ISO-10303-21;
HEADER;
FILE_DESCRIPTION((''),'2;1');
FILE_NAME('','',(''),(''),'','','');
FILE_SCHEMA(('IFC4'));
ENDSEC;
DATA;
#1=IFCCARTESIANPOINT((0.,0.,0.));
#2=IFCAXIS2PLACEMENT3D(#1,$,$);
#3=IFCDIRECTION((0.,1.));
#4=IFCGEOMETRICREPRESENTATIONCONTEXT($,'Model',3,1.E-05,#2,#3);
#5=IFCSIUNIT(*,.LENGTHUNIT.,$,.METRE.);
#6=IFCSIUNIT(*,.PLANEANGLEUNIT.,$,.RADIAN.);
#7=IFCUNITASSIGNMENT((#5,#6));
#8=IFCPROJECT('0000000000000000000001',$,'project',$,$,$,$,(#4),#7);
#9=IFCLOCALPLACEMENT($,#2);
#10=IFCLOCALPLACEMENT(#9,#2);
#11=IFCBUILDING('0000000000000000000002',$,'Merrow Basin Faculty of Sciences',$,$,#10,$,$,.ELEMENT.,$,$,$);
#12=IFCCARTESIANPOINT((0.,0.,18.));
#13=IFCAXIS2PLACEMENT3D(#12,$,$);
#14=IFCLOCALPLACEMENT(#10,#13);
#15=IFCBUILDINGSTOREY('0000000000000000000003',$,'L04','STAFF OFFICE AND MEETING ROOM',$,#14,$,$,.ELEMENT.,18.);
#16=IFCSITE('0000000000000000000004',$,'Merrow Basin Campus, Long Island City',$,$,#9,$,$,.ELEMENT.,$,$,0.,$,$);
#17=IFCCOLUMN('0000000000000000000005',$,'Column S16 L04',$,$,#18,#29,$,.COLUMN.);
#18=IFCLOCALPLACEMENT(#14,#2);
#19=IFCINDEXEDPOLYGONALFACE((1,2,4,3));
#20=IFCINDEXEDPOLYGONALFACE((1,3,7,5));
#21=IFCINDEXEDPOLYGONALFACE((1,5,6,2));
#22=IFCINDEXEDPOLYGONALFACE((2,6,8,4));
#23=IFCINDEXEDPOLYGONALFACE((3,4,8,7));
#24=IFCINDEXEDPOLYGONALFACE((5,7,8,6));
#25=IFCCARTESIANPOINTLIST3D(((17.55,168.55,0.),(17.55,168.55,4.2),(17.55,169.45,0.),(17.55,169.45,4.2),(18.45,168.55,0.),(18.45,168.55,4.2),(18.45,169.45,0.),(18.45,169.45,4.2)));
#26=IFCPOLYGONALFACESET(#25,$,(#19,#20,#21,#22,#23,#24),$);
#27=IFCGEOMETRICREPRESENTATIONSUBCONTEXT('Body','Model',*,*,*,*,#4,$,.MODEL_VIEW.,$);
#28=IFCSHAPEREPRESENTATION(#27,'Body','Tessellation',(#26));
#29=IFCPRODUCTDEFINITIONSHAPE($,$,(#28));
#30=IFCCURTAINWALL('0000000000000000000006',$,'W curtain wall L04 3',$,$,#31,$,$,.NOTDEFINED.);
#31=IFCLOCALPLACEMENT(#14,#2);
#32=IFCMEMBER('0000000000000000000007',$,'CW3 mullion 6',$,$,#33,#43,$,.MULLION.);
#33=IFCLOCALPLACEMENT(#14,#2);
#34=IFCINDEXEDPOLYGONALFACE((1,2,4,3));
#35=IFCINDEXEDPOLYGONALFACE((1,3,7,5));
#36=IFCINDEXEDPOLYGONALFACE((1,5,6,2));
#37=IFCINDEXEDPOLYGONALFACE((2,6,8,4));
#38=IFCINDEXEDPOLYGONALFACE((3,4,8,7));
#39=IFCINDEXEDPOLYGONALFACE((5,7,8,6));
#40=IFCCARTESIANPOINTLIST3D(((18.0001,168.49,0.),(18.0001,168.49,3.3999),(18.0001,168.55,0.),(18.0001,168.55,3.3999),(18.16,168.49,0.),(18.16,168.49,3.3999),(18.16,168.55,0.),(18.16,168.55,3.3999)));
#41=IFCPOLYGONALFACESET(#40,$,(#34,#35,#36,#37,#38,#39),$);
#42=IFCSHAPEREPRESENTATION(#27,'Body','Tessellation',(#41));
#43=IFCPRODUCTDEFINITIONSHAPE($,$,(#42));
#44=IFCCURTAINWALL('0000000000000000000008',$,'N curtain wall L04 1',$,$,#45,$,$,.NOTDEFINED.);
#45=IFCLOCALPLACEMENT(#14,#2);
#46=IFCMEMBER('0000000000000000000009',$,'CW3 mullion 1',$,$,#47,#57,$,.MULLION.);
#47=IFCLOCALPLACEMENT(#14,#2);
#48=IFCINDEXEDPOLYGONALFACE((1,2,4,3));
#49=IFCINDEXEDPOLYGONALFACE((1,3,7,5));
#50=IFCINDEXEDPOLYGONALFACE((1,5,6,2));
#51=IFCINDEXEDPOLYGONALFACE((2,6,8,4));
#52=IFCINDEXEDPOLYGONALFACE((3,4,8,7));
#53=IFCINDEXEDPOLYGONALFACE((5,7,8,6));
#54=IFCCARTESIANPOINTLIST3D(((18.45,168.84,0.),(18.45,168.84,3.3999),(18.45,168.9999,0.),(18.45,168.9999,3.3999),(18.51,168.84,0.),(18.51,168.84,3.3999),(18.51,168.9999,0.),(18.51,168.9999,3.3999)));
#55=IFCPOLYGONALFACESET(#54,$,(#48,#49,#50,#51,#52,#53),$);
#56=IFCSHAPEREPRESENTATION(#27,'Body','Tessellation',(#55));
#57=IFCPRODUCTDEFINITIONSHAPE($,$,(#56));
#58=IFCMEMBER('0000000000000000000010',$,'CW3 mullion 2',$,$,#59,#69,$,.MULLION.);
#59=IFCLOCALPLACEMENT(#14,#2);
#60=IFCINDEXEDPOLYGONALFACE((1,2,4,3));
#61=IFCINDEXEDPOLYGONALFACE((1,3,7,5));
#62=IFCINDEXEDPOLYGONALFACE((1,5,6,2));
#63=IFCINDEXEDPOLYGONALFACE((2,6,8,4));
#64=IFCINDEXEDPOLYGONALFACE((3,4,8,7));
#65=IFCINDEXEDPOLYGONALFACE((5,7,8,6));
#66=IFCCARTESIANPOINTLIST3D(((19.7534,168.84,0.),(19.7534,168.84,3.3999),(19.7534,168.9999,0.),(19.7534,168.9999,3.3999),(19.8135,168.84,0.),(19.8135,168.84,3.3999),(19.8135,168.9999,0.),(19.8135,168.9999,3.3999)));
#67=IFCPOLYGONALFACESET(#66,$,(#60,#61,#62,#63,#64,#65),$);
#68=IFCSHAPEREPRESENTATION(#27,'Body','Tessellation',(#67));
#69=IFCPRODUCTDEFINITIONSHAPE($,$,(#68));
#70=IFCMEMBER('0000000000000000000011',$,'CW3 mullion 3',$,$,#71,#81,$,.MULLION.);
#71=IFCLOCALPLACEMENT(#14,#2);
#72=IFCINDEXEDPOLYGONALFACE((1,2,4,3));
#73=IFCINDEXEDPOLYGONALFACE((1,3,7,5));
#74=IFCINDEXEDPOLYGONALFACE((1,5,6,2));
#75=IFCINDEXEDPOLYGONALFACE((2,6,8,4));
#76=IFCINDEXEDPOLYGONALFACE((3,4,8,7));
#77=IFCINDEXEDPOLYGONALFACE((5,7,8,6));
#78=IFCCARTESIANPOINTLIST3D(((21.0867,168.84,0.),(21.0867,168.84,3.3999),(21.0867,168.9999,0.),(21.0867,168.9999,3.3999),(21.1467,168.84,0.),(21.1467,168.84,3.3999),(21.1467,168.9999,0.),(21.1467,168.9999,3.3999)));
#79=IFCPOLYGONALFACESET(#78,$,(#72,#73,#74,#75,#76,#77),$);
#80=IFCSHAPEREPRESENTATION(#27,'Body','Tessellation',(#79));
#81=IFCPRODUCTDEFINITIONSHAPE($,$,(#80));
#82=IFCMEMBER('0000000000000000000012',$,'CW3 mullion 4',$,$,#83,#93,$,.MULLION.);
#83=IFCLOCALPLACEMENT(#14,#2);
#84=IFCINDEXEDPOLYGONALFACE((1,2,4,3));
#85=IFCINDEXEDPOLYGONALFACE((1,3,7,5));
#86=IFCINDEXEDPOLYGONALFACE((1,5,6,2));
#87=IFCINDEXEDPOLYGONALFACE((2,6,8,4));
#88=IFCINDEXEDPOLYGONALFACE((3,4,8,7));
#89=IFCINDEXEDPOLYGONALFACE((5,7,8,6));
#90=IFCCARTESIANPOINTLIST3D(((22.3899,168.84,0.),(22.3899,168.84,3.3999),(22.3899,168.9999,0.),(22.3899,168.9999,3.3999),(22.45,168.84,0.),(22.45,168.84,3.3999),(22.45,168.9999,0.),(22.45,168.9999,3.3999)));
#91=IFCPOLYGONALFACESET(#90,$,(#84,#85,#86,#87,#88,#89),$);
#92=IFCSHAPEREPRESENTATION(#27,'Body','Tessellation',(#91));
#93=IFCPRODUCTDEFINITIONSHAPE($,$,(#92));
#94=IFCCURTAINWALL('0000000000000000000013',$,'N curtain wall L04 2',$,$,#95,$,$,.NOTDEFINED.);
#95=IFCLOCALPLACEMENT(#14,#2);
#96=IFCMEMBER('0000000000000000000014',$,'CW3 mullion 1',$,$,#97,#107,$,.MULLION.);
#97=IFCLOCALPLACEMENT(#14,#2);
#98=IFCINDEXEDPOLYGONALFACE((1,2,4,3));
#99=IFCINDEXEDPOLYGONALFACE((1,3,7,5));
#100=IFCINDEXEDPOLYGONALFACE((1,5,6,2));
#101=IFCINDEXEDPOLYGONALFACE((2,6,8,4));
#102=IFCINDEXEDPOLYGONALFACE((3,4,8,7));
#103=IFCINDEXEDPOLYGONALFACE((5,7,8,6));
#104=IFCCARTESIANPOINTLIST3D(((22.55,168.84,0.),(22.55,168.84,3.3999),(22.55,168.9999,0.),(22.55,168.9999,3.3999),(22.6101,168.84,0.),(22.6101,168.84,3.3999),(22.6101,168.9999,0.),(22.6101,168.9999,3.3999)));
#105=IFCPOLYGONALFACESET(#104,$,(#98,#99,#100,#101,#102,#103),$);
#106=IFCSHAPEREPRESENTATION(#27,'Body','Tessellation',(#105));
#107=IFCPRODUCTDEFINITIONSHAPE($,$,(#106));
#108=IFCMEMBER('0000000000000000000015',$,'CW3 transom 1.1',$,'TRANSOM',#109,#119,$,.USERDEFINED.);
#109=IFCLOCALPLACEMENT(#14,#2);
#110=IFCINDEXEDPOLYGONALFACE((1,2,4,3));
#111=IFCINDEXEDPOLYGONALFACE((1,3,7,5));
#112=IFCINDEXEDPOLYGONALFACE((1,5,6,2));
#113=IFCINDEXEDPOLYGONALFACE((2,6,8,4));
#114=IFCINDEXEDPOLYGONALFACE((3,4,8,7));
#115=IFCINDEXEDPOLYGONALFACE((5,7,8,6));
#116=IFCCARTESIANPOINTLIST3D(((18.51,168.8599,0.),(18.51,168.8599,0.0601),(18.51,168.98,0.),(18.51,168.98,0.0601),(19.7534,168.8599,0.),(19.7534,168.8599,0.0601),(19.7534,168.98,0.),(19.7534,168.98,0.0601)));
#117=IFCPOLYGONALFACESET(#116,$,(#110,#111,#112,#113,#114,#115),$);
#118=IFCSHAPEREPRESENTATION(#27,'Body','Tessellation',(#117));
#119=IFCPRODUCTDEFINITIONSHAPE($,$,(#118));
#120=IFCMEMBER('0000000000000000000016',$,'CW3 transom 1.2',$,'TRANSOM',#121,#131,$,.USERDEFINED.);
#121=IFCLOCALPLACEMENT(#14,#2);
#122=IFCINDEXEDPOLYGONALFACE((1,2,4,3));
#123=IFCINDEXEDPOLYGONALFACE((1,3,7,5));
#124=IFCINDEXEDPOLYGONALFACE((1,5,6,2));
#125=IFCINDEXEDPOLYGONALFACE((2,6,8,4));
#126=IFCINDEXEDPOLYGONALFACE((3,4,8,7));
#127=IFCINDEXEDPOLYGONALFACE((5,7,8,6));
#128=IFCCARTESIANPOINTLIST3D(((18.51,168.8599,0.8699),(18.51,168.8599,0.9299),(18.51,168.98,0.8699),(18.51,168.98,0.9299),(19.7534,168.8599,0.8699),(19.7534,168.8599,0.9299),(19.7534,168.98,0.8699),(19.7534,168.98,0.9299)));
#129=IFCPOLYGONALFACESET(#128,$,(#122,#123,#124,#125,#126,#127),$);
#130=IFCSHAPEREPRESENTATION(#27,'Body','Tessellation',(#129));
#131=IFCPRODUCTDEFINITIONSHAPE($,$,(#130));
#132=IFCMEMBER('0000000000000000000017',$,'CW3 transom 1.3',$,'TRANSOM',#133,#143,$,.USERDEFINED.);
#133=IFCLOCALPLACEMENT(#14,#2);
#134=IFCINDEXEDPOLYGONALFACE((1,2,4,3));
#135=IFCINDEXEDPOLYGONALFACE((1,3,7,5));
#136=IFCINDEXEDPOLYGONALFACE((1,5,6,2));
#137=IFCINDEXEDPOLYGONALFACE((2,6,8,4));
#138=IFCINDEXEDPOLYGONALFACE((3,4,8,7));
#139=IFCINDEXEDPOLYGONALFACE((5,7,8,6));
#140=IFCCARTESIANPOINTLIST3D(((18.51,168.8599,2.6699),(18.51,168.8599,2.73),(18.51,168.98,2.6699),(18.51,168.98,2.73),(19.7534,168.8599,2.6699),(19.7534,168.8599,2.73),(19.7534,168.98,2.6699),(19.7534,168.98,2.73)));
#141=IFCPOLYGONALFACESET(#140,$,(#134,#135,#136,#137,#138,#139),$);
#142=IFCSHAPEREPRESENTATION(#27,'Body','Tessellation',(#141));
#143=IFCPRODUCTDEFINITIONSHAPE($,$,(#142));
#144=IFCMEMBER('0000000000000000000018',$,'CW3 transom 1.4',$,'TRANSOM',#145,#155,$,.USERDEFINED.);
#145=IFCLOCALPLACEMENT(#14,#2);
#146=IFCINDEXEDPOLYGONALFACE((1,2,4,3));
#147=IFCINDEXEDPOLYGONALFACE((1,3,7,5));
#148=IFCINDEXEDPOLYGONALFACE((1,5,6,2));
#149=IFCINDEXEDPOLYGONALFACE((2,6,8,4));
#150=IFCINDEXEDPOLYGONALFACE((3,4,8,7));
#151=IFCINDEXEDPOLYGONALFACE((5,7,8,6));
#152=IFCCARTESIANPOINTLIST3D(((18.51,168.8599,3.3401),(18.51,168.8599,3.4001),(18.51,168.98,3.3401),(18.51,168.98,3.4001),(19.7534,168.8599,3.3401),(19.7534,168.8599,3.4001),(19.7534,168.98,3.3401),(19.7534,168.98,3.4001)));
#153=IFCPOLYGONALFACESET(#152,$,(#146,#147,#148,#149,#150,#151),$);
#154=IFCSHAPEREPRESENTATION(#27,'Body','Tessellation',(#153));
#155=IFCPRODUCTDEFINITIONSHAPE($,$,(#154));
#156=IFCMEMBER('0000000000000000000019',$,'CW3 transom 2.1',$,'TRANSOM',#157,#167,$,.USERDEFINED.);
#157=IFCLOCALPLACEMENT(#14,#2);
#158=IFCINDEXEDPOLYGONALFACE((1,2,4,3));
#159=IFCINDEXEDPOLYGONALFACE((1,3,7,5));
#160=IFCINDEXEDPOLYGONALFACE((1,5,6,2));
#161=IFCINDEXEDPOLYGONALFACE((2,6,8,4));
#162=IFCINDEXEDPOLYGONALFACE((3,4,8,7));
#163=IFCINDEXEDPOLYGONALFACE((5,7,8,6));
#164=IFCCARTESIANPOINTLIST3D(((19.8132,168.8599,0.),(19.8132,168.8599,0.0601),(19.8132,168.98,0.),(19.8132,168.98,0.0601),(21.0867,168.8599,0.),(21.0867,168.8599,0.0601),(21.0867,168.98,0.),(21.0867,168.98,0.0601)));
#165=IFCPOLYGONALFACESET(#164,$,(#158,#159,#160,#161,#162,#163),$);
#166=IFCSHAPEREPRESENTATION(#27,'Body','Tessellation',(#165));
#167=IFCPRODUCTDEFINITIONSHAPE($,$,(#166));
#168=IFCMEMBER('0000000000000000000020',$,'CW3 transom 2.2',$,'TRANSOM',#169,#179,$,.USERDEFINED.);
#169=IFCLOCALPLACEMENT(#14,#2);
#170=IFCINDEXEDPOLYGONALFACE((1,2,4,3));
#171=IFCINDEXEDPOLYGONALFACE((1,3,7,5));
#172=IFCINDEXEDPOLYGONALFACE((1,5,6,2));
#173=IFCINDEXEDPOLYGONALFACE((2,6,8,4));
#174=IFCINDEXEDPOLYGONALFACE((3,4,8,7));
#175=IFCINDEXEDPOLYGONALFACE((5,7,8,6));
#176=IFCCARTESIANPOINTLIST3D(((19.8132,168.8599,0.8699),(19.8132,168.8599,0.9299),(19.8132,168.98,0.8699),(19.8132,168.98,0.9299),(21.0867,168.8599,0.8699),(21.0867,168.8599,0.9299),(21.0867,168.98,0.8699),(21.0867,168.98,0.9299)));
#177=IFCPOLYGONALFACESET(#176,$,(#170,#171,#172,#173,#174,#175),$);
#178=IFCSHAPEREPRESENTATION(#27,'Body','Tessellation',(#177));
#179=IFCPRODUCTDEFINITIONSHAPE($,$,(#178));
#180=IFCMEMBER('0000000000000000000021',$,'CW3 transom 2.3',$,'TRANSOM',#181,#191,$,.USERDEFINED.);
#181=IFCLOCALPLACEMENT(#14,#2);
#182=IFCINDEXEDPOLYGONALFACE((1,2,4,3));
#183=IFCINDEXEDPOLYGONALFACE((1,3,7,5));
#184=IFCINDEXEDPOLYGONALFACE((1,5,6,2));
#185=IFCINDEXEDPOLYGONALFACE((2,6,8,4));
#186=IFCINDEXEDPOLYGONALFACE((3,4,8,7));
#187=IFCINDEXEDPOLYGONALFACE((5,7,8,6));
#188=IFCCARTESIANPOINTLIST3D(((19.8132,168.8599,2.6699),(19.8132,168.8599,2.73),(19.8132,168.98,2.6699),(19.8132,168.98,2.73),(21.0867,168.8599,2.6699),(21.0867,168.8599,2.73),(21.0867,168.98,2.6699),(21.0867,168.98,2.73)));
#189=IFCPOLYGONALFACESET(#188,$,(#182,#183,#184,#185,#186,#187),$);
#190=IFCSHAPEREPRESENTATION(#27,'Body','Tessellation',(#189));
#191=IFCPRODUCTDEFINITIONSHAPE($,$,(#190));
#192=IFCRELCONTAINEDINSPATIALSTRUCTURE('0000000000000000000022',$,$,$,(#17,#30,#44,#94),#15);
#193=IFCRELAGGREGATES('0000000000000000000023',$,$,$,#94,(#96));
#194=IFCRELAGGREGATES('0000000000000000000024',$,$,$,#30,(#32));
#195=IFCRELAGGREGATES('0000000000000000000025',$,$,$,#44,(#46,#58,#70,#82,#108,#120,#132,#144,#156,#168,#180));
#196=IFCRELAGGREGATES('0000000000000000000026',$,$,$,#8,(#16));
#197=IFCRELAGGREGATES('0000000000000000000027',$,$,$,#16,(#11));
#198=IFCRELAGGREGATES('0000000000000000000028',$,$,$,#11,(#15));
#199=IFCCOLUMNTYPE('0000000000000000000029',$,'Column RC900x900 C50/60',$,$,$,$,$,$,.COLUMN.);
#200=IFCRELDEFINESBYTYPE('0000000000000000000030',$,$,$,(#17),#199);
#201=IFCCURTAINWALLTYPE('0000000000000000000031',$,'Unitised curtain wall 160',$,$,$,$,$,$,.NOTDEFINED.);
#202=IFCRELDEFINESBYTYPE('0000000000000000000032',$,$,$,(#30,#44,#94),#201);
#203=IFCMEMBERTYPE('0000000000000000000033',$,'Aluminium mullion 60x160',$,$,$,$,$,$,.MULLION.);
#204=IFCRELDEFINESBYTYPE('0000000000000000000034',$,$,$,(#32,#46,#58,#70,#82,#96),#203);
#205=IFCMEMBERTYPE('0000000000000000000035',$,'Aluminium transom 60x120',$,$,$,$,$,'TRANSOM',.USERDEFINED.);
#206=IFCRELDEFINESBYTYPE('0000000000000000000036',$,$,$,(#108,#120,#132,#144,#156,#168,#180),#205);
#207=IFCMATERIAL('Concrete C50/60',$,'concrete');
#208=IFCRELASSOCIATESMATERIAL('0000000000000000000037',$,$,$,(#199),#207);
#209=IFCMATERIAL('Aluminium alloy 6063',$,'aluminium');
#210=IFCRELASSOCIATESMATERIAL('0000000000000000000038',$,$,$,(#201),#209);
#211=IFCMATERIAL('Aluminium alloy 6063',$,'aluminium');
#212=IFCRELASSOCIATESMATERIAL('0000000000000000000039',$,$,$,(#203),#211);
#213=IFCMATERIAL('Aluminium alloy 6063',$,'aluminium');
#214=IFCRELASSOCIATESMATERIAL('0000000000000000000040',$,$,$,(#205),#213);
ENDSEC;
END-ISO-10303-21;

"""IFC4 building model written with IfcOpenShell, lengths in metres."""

from ifc_helpers import new_model, si_unit, direction, frame, origin, origin_2d, place, context, subcontext, project, spatial, rectangle, extrude, material, material_profile, profile_set, type_object, element, aggregate, save


model = new_model("IFC4")

# Units and contexts
model_context = context("Model", 3, precision=1e-05, world=origin(), true_north=direction((0.0, 1.0)))
body_context = subcontext(model_context, "Body", "Model", "MODEL_VIEW")
ifc_project = project(units=[si_unit("LENGTHUNIT", "METRE"), si_unit("PLANEANGLEUNIT", "RADIAN")], contexts=[model_context])

# Site, building, storey
site_placement = place(None, origin())
site = spatial("IfcSite", under=ifc_project, at=site_placement, Name="Merrow Basin Campus, Long Island City", CompositionType="ELEMENT", RefElevation=0.0)
building_placement = place(site_placement, origin())
building = spatial("IfcBuilding", under=site, at=building_placement, Name="Merrow Basin Faculty of Sciences", CompositionType="ELEMENT")
storey_placement = place(building_placement, frame((0.0, 0.0, 18.0)))
storey = spatial("IfcBuildingStorey", under=building, at=storey_placement, Name="L04", Description="STAFF OFFICE AND MEETING ROOM", CompositionType="ELEMENT", Elevation=18.0)

# Column
ifc_material_1 = material(Name="Concrete C50/60", Category="concrete")
ifc_material_profile_1 = material_profile(ifc_material_1, rectangle(XDim=0.8999, YDim=0.8999, at=origin_2d()))
ifc_profile_set_1 = profile_set([ifc_material_profile_1], Name="Concrete C50/60")
column_type = type_object("IfcColumnType", Name="Column RC900x900 C50/60", PredefinedType="COLUMN", material=ifc_profile_set_1)
column_placement = place(storey_placement, frame((18.0, 169.0, 0.0), z_axis=(0.0, 0.0, 1.0), x_axis=(1.0, 0.0, 0.0)))
element("IfcColumn", 1, at=column_placement, inside=storey, type_object=column_type, Name="Column S16 L04", PredefinedType="COLUMN", context=body_context, shape_type="SweptSolid", body=[
    extrude(rectangle(XDim=0.8999, YDim=0.8999, at=origin_2d()), origin(), (0.0, 0.0, 1.0), 4.2),
])

# Curtain wall, member
ifc_material_2 = material(Name="Aluminium alloy 6063", Category="aluminium")
curtain_wall_type = type_object("IfcCurtainWallType", Name="Unitised curtain wall 160", PredefinedType="NOTDEFINED", material=ifc_material_2)
curtain_wall_1_placement = place(storey_placement, origin())
curtain_wall_1 = element("IfcCurtainWall", 2, at=curtain_wall_1_placement, inside=storey, type_object=curtain_wall_type, Name="W curtain wall L04 3", PredefinedType="NOTDEFINED")
ifc_material_3 = material(Name="Aluminium alloy 6063", Category="aluminium")
ifc_material_profile_2 = material_profile(ifc_material_3, rectangle(XDim=0.1599, YDim=0.0601, at=origin_2d()))
ifc_profile_set_2 = profile_set([ifc_material_profile_2], Name="Aluminium alloy 6063")
member_type_1 = type_object("IfcMemberType", Name="Aluminium mullion 60x160", PredefinedType="MULLION", material=ifc_profile_set_2)
member_1_placement = place(storey_placement, frame((18.0801, 168.52, 0.0), z_axis=(0.0, 0.0, 1.0), x_axis=(-1.0, 0.0, 0.0)))
member_1 = element("IfcMember", 3, at=member_1_placement, type_object=member_type_1, Name="CW3 mullion 6", PredefinedType="MULLION", context=body_context, shape_type="SweptSolid", body=[
    extrude(rectangle(XDim=0.1599, YDim=0.0601, at=origin_2d()), origin(), (0.0, 0.0, 1.0), 3.3999),
])

# Curtain wall, members
curtain_wall_2_placement = place(storey_placement, origin())
curtain_wall_2 = element("IfcCurtainWall", 4, at=curtain_wall_2_placement, inside=storey, type_object=curtain_wall_type, Name="N curtain wall L04 1", PredefinedType="NOTDEFINED")
member_2_placement = place(storey_placement, frame((18.48, 168.9199, 0.0), z_axis=(0.0, 0.0, 1.0), x_axis=(0.0, 1.0, 0.0)))
member_2 = element("IfcMember", 5, at=member_2_placement, type_object=member_type_1, Name="CW3 mullion 1", PredefinedType="MULLION", context=body_context, shape_type="SweptSolid", body=[
    extrude(rectangle(XDim=0.1599, YDim=0.0601, at=origin_2d()), origin(), (0.0, 0.0, 1.0), 3.3999),
])
member_3_placement = place(storey_placement, frame((19.7834, 168.9199, 0.0), z_axis=(0.0, 0.0, 1.0), x_axis=(0.0, 1.0, 0.0)))
member_3 = element("IfcMember", 6, at=member_3_placement, type_object=member_type_1, Name="CW3 mullion 2", PredefinedType="MULLION", context=body_context, shape_type="SweptSolid", body=[
    extrude(rectangle(XDim=0.1599, YDim=0.0601, at=origin_2d()), origin(), (0.0, 0.0, 1.0), 3.3999),
])
member_4_placement = place(storey_placement, frame((21.1167, 168.9199, 0.0), z_axis=(0.0, 0.0, 1.0), x_axis=(0.0, 1.0, 0.0)))
member_4 = element("IfcMember", 7, at=member_4_placement, type_object=member_type_1, Name="CW3 mullion 3", PredefinedType="MULLION", context=body_context, shape_type="SweptSolid", body=[
    extrude(rectangle(XDim=0.1599, YDim=0.0601, at=origin_2d()), origin(), (0.0, 0.0, 1.0), 3.3999),
])
member_5_placement = place(storey_placement, frame((22.4199, 168.9199, 0.0), z_axis=(0.0, 0.0, 1.0), x_axis=(0.0, 1.0, 0.0)))
member_5 = element("IfcMember", 8, at=member_5_placement, type_object=member_type_1, Name="CW3 mullion 4", PredefinedType="MULLION", context=body_context, shape_type="SweptSolid", body=[
    extrude(rectangle(XDim=0.1599, YDim=0.0601, at=origin_2d()), origin(), (0.0, 0.0, 1.0), 3.3999),
])

# Curtain wall, member
curtain_wall_3_placement = place(storey_placement, origin())
curtain_wall_3 = element("IfcCurtainWall", 9, at=curtain_wall_3_placement, inside=storey, type_object=curtain_wall_type, Name="N curtain wall L04 2", PredefinedType="NOTDEFINED")
member_6_placement = place(storey_placement, frame((22.5801, 168.9199, 0.0), z_axis=(0.0, 0.0, 1.0), x_axis=(0.0, 1.0, 0.0)))
member_6 = element("IfcMember", 10, at=member_6_placement, type_object=member_type_1, Name="CW3 mullion 1", PredefinedType="MULLION", context=body_context, shape_type="SweptSolid", body=[
    extrude(rectangle(XDim=0.1599, YDim=0.0601, at=origin_2d()), origin(), (0.0, 0.0, 1.0), 3.3999),
])

# Members
ifc_material_4 = material(Name="Aluminium alloy 6063", Category="aluminium")
ifc_material_profile_3 = material_profile(ifc_material_4, rectangle(XDim=0.1201, YDim=0.0601, at=origin_2d()))
ifc_profile_set_3 = profile_set([ifc_material_profile_3], Name="Aluminium alloy 6063")
member_type_2 = type_object("IfcMemberType", Name="Aluminium transom 60x120", ElementType="TRANSOM", PredefinedType="USERDEFINED", material=ifc_profile_set_3)
member_7_placement = place(storey_placement, frame((18.51, 168.9199, 0.03), z_axis=(1.0, 0.0, 0.0), x_axis=(0.0, 1.0, 0.0)))
member_7 = element("IfcMember", 11, at=member_7_placement, type_object=member_type_2, Name="CW3 transom 1.1", ObjectType="TRANSOM", PredefinedType="USERDEFINED", context=body_context, shape_type="SweptSolid", body=[
    extrude(rectangle(XDim=0.1201, YDim=0.0601, at=origin_2d()), origin(), (0.0, 0.0, 1.0), 1.2434),
])
member_8_placement = place(storey_placement, frame((18.51, 168.9199, 0.8999), z_axis=(1.0, 0.0, 0.0), x_axis=(0.0, 1.0, 0.0)))
member_8 = element("IfcMember", 12, at=member_8_placement, type_object=member_type_2, Name="CW3 transom 1.2", ObjectType="TRANSOM", PredefinedType="USERDEFINED", context=body_context, shape_type="SweptSolid", body=[
    extrude(rectangle(XDim=0.1201, YDim=0.0601, at=origin_2d()), origin(), (0.0, 0.0, 1.0), 1.2434),
])
member_9_placement = place(storey_placement, frame((18.51, 168.9199, 2.7), z_axis=(1.0, 0.0, 0.0), x_axis=(0.0, 1.0, 0.0)))
member_9 = element("IfcMember", 13, at=member_9_placement, type_object=member_type_2, Name="CW3 transom 1.3", ObjectType="TRANSOM", PredefinedType="USERDEFINED", context=body_context, shape_type="SweptSolid", body=[
    extrude(rectangle(XDim=0.1201, YDim=0.0601, at=origin_2d()), origin(), (0.0, 0.0, 1.0), 1.2434),
])
member_10_placement = place(storey_placement, frame((18.51, 168.9199, 3.3701), z_axis=(1.0, 0.0, 0.0), x_axis=(0.0, 1.0, 0.0)))
member_10 = element("IfcMember", 14, at=member_10_placement, type_object=member_type_2, Name="CW3 transom 1.4", ObjectType="TRANSOM", PredefinedType="USERDEFINED", context=body_context, shape_type="SweptSolid", body=[
    extrude(rectangle(XDim=0.1201, YDim=0.0601, at=origin_2d()), origin(), (0.0, 0.0, 1.0), 1.2434),
])
member_11_placement = place(storey_placement, frame((19.8132, 168.9199, 0.03), z_axis=(1.0, 0.0, 0.0), x_axis=(0.0, 1.0, 0.0)))
member_11 = element("IfcMember", 15, at=member_11_placement, type_object=member_type_2, Name="CW3 transom 2.1", ObjectType="TRANSOM", PredefinedType="USERDEFINED", context=body_context, shape_type="SweptSolid", body=[
    extrude(rectangle(XDim=0.1201, YDim=0.0601, at=origin_2d()), origin(), (0.0, 0.0, 1.0), 1.2734),
])
member_12_placement = place(storey_placement, frame((19.8132, 168.9199, 0.8999), z_axis=(1.0, 0.0, 0.0), x_axis=(0.0, 1.0, 0.0)))
member_12 = element("IfcMember", 16, at=member_12_placement, type_object=member_type_2, Name="CW3 transom 2.2", ObjectType="TRANSOM", PredefinedType="USERDEFINED", context=body_context, shape_type="SweptSolid", body=[
    extrude(rectangle(XDim=0.1201, YDim=0.0601, at=origin_2d()), origin(), (0.0, 0.0, 1.0), 1.2734),
])
member_13_placement = place(storey_placement, frame((19.8132, 168.9199, 2.7), z_axis=(1.0, 0.0, 0.0), x_axis=(0.0, 1.0, 0.0)))
member_13 = element("IfcMember", 17, at=member_13_placement, type_object=member_type_2, Name="CW3 transom 2.3", ObjectType="TRANSOM", PredefinedType="USERDEFINED", context=body_context, shape_type="SweptSolid", body=[
    extrude(rectangle(XDim=0.1201, YDim=0.0601, at=origin_2d()), origin(), (0.0, 0.0, 1.0), 1.2734),
])
aggregate(curtain_wall_3, [member_6])

aggregate(curtain_wall_1, [member_1])
aggregate(curtain_wall_2, [member_2, member_3, member_4, member_5, member_7, member_8, member_9, member_10, member_11, member_12, member_13])

save(model, "model.ifc")
